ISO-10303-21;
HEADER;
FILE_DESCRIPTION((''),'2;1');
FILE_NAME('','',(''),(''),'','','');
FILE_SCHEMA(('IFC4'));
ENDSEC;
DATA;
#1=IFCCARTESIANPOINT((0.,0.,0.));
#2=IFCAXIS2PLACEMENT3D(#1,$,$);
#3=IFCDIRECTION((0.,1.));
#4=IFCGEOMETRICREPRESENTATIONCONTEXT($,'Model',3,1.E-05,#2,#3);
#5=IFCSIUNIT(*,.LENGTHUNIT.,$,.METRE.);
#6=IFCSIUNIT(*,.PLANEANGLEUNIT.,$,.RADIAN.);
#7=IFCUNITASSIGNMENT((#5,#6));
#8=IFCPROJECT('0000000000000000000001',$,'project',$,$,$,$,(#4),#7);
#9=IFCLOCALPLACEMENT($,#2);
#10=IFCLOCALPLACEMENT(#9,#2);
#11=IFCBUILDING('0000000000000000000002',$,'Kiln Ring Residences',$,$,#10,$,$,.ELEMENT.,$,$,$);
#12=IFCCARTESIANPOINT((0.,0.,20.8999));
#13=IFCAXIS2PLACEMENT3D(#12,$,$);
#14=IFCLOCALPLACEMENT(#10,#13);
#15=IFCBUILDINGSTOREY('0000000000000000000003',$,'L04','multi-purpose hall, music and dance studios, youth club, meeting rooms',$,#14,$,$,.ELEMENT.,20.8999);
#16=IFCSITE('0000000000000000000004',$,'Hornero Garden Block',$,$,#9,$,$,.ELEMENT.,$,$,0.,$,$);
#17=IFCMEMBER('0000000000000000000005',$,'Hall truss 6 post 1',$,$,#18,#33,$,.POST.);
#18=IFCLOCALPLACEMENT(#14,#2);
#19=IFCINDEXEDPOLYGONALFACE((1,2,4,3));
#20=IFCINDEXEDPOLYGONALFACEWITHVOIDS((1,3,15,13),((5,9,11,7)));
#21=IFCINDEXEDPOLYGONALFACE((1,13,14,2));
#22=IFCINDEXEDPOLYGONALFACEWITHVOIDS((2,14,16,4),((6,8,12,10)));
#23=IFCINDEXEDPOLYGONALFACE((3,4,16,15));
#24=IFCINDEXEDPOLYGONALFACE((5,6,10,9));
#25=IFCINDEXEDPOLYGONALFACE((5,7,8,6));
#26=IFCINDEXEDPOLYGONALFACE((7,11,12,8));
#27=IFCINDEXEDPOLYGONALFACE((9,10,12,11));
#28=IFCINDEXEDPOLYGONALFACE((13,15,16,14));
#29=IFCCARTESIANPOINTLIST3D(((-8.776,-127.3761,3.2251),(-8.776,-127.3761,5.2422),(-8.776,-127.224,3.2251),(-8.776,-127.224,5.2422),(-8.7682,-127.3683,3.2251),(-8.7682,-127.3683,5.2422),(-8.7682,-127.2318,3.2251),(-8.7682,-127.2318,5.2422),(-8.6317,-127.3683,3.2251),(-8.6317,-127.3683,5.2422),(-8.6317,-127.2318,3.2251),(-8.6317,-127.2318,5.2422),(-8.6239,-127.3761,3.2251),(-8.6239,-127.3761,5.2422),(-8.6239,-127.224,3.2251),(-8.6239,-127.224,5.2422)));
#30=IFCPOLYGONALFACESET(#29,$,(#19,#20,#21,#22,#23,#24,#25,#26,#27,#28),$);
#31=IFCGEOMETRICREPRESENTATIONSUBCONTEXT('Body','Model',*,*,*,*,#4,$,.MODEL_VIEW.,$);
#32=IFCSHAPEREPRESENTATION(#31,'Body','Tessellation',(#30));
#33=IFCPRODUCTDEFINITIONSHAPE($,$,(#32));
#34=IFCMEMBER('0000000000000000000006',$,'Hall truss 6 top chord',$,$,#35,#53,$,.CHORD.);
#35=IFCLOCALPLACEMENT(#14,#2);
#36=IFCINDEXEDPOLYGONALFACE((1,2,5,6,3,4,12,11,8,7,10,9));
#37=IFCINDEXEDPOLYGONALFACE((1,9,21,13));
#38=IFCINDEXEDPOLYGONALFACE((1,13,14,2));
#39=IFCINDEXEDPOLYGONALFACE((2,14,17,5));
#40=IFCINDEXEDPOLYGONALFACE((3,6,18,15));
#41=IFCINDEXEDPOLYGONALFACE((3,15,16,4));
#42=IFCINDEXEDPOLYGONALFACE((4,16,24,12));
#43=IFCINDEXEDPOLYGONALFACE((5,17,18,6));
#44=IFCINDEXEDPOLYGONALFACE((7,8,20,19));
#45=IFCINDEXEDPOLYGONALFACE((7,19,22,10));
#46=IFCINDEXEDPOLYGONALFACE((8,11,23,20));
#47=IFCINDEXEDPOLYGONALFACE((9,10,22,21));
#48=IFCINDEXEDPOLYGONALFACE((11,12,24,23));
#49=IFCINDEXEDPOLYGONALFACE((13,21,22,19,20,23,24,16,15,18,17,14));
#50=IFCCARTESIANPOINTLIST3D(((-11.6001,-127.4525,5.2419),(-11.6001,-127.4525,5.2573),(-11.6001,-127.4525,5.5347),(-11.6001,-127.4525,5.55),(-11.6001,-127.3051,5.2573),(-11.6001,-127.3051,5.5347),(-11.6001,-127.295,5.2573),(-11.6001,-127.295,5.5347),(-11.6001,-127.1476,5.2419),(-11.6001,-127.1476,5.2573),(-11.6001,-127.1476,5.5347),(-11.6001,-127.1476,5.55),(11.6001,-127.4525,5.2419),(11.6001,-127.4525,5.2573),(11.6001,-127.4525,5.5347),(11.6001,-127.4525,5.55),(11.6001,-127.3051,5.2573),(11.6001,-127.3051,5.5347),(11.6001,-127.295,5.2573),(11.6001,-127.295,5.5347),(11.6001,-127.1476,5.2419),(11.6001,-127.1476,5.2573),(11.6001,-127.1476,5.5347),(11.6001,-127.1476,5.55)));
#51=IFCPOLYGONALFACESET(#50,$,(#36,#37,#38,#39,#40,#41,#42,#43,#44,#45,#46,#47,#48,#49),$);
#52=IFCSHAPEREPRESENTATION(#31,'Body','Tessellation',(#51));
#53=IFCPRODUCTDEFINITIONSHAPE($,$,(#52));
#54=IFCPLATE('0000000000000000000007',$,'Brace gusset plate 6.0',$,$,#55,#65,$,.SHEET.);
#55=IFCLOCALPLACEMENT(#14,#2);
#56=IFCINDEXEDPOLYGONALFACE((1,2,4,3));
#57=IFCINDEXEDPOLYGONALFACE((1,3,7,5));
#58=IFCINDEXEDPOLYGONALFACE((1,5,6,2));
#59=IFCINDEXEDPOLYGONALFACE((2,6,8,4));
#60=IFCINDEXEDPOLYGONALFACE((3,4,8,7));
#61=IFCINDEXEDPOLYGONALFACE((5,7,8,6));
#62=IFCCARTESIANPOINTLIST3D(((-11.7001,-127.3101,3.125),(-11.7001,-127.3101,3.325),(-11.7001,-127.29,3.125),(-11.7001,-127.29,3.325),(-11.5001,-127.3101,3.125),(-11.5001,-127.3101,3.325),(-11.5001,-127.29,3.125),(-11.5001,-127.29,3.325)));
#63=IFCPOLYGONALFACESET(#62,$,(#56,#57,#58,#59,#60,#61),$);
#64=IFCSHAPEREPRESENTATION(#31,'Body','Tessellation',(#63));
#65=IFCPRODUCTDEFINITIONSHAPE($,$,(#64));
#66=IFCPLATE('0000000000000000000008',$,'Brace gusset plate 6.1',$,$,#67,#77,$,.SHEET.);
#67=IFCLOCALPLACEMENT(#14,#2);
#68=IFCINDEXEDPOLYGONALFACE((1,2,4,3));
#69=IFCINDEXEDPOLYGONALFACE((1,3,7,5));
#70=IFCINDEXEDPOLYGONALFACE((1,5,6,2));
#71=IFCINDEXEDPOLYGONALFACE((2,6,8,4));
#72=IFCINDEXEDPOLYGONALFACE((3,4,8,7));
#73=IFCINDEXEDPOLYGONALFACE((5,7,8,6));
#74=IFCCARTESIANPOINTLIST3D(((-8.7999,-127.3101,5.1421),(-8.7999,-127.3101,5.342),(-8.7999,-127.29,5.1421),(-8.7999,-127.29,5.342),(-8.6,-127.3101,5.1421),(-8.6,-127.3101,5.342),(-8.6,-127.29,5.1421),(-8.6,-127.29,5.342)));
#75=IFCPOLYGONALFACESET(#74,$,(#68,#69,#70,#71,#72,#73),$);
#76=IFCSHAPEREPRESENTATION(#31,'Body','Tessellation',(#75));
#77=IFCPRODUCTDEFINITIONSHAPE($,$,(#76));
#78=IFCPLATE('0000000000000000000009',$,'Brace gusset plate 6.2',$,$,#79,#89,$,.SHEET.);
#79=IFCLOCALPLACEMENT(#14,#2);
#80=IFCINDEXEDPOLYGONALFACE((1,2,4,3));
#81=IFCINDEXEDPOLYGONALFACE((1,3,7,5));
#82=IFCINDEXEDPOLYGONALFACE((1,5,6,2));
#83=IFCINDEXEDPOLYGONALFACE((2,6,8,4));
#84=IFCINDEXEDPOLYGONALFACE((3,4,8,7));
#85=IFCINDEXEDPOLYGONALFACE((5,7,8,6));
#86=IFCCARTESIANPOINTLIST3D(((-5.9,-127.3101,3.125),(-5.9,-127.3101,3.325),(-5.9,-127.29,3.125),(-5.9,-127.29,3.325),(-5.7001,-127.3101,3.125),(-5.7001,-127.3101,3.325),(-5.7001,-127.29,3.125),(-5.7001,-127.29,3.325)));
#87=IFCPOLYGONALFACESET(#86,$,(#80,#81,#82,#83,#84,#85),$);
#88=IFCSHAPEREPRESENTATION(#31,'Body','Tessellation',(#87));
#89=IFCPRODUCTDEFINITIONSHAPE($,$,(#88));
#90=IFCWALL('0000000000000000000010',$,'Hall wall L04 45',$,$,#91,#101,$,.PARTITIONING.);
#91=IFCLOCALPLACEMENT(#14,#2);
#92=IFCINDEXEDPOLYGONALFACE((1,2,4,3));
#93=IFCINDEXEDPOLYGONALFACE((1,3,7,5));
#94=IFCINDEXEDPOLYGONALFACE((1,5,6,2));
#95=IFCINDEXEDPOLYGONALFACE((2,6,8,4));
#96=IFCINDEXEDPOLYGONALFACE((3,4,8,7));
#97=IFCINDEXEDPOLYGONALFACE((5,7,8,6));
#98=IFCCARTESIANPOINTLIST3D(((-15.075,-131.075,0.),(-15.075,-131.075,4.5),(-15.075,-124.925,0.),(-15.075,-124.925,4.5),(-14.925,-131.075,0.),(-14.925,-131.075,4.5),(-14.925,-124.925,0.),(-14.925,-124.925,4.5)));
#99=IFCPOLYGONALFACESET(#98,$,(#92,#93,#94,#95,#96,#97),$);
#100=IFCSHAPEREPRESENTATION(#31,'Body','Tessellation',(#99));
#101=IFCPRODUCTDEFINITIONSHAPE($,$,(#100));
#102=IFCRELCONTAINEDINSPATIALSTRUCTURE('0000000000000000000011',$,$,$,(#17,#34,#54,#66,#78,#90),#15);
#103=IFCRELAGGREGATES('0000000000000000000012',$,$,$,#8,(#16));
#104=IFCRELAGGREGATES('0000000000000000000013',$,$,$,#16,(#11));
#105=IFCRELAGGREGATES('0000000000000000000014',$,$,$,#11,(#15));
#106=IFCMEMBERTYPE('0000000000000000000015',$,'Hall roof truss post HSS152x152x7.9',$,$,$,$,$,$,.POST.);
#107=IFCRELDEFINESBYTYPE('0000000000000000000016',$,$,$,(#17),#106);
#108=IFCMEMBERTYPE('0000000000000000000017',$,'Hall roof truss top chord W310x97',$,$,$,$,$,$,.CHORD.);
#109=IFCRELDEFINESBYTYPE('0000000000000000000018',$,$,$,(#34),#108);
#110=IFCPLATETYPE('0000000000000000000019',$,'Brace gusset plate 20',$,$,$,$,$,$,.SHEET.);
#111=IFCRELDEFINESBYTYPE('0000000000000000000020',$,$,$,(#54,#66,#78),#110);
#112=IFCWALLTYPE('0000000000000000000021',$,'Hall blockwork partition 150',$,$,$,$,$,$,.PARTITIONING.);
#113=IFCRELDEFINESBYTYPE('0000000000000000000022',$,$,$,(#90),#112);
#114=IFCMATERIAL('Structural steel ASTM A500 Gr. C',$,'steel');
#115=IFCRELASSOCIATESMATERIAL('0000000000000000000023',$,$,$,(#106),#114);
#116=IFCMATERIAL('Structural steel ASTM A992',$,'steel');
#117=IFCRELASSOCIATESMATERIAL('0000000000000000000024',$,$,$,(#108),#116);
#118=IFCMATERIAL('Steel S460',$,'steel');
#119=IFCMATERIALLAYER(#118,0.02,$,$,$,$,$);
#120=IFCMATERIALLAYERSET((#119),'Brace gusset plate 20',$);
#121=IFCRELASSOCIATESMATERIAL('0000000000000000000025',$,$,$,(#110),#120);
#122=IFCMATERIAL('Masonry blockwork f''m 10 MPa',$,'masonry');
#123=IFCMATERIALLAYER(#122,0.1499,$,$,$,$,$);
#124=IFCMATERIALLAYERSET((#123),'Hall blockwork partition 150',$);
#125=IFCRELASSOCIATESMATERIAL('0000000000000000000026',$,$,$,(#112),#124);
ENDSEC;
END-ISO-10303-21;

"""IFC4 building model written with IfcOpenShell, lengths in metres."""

from ifc_helpers import new_model, si_unit, direction, frame, frame_2d, origin, origin_2d, place, context, subcontext, project, spatial, rectangle, hollow_rectangle, i_section, extrude, material, layer, layer_set, material_profile, profile_set, type_object, element, save


model = new_model("IFC4")

# Units and contexts
model_context = context("Model", 3, precision=1e-05, world=origin(), true_north=direction((0.0, 1.0)))
body_context = subcontext(model_context, "Body", "Model", "MODEL_VIEW")
ifc_project = project(units=[si_unit("LENGTHUNIT", "METRE"), si_unit("PLANEANGLEUNIT", "RADIAN")], contexts=[model_context])

# Site, building, storey
site_placement = place(None, origin())
site = spatial("IfcSite", under=ifc_project, at=site_placement, Name="Hornero Garden Block", CompositionType="ELEMENT", RefElevation=0.0)
building_placement = place(site_placement, origin())
building = spatial("IfcBuilding", under=site, at=building_placement, Name="Kiln Ring Residences", CompositionType="ELEMENT")
storey_placement = place(building_placement, frame((0.0, 0.0, 20.8999)))
storey = spatial("IfcBuildingStorey", under=building, at=storey_placement, Name="L04", Description="multi-purpose hall, music and dance studios, youth club, meeting rooms", CompositionType="ELEMENT", Elevation=20.8999)

# Members
ifc_material_1 = material(Name="Structural steel ASTM A500 Gr. C", Category="steel")
ifc_material_profile_1 = material_profile(ifc_material_1, hollow_rectangle(XDim=0.1521, YDim=0.1521, WallThickness=0.0078, at=origin_2d()), Name="HSS152x152x7.9")
ifc_profile_set_1 = profile_set([ifc_material_profile_1], Name="Structural steel ASTM A500 Gr. C")
member_type_1 = type_object("IfcMemberType", Name="Hall roof truss post HSS152x152x7.9", PredefinedType="POST", material=ifc_profile_set_1)
member_1_placement = place(storey_placement, frame((-8.7, -127.3, 3.2251), z_axis=(0.0, 0.0, 1.0), x_axis=(1.0, 0.0, 0.0)))
element("IfcMember", 1, at=member_1_placement, inside=storey, type_object=member_type_1, Name="Hall truss 6 post 1", PredefinedType="POST", context=body_context, shape_type="SweptSolid", body=[
    extrude(hollow_rectangle(XDim=0.1521, YDim=0.1521, WallThickness=0.0078, at=origin_2d()), origin(), (0.0, 0.0, 1.0), 2.0171),
])
ifc_material_2 = material(Name="Structural steel ASTM A992", Category="steel")
ifc_material_profile_2 = material_profile(ifc_material_2, i_section(OverallWidth=0.3049, OverallDepth=0.3081, WebThickness=0.01, FlangeThickness=0.0154, at=origin_2d()), Name="W310x97")
ifc_profile_set_2 = profile_set([ifc_material_profile_2], Name="Structural steel ASTM A992")
member_type_2 = type_object("IfcMemberType", Name="Hall roof truss top chord W310x97", PredefinedType="CHORD", material=ifc_profile_set_2)
member_2_placement = place(storey_placement, frame((-11.6001, -127.3, 5.396), z_axis=(1.0, 0.0, 0.0), x_axis=(0.0, 1.0, 0.0)))
element("IfcMember", 2, at=member_2_placement, inside=storey, type_object=member_type_2, Name="Hall truss 6 top chord", PredefinedType="CHORD", context=body_context, shape_type="SweptSolid", body=[
    extrude(i_section(OverallWidth=0.3049, OverallDepth=0.3081, WebThickness=0.01, FlangeThickness=0.0154, at=origin_2d()), origin(), (0.0, 0.0, 1.0), 23.2002),
])

# Plates
ifc_material_3 = material(Name="Steel S460", Category="steel")
ifc_layer_1 = layer(ifc_material_3, 0.02)
ifc_layer_set_1 = layer_set([ifc_layer_1], Name="Brace gusset plate 20")
plate_type = type_object("IfcPlateType", Name="Brace gusset plate 20", PredefinedType="SHEET", material=ifc_layer_set_1)
for number, where, z_axis, x_axis, name in (
    (3, (-11.6001, -127.3, 3.125), (0.0, 0.0, 1.0), (1.0, 0.0, 0.0), "Brace gusset plate 6.0"),
    (4, (-8.7, -127.3, 5.1421), (0.0, 0.0, 1.0), (1.0, 0.0, 0.0), "Brace gusset plate 6.1"),
    (5, (-5.8, -127.3, 3.125), (0.0, 0.0, 1.0), (1.0, 0.0, 0.0), "Brace gusset plate 6.2"),
):
    element("IfcPlate", number, at=place(storey_placement, frame(where, z_axis=z_axis, x_axis=x_axis)), inside=storey, type_object=plate_type, Name=name, PredefinedType="SHEET", context=body_context, shape_type="SweptSolid", body=[
        extrude(rectangle(XDim=0.2, YDim=0.02, at=origin_2d()), origin(), (0.0, 0.0, 1.0), 0.2),
    ])

# Wall
ifc_material_4 = material(Name="Masonry blockwork f'm 10 MPa", Category="masonry")
ifc_layer_2 = layer(ifc_material_4, 0.1499)
ifc_layer_set_2 = layer_set([ifc_layer_2], Name="Hall blockwork partition 150")
wall_type = type_object("IfcWallType", Name="Hall blockwork partition 150", PredefinedType="PARTITIONING", material=ifc_layer_set_2)
wall_placement = place(storey_placement, frame((-15.0, -131.075, 0.0), z_axis=(0.0, 0.0, 1.0), x_axis=(0.0, 1.0, 0.0)))
element("IfcWall", 6, at=wall_placement, inside=storey, type_object=wall_type, Name="Hall wall L04 45", PredefinedType="PARTITIONING", context=body_context, shape_type="SweptSolid", body=[
    extrude(rectangle(XDim=6.1499, YDim=0.1499, at=frame_2d((3.075, 0.0))), origin(), (0.0, 0.0, 1.0), 4.5),
])

save(model, "model.ifc")
